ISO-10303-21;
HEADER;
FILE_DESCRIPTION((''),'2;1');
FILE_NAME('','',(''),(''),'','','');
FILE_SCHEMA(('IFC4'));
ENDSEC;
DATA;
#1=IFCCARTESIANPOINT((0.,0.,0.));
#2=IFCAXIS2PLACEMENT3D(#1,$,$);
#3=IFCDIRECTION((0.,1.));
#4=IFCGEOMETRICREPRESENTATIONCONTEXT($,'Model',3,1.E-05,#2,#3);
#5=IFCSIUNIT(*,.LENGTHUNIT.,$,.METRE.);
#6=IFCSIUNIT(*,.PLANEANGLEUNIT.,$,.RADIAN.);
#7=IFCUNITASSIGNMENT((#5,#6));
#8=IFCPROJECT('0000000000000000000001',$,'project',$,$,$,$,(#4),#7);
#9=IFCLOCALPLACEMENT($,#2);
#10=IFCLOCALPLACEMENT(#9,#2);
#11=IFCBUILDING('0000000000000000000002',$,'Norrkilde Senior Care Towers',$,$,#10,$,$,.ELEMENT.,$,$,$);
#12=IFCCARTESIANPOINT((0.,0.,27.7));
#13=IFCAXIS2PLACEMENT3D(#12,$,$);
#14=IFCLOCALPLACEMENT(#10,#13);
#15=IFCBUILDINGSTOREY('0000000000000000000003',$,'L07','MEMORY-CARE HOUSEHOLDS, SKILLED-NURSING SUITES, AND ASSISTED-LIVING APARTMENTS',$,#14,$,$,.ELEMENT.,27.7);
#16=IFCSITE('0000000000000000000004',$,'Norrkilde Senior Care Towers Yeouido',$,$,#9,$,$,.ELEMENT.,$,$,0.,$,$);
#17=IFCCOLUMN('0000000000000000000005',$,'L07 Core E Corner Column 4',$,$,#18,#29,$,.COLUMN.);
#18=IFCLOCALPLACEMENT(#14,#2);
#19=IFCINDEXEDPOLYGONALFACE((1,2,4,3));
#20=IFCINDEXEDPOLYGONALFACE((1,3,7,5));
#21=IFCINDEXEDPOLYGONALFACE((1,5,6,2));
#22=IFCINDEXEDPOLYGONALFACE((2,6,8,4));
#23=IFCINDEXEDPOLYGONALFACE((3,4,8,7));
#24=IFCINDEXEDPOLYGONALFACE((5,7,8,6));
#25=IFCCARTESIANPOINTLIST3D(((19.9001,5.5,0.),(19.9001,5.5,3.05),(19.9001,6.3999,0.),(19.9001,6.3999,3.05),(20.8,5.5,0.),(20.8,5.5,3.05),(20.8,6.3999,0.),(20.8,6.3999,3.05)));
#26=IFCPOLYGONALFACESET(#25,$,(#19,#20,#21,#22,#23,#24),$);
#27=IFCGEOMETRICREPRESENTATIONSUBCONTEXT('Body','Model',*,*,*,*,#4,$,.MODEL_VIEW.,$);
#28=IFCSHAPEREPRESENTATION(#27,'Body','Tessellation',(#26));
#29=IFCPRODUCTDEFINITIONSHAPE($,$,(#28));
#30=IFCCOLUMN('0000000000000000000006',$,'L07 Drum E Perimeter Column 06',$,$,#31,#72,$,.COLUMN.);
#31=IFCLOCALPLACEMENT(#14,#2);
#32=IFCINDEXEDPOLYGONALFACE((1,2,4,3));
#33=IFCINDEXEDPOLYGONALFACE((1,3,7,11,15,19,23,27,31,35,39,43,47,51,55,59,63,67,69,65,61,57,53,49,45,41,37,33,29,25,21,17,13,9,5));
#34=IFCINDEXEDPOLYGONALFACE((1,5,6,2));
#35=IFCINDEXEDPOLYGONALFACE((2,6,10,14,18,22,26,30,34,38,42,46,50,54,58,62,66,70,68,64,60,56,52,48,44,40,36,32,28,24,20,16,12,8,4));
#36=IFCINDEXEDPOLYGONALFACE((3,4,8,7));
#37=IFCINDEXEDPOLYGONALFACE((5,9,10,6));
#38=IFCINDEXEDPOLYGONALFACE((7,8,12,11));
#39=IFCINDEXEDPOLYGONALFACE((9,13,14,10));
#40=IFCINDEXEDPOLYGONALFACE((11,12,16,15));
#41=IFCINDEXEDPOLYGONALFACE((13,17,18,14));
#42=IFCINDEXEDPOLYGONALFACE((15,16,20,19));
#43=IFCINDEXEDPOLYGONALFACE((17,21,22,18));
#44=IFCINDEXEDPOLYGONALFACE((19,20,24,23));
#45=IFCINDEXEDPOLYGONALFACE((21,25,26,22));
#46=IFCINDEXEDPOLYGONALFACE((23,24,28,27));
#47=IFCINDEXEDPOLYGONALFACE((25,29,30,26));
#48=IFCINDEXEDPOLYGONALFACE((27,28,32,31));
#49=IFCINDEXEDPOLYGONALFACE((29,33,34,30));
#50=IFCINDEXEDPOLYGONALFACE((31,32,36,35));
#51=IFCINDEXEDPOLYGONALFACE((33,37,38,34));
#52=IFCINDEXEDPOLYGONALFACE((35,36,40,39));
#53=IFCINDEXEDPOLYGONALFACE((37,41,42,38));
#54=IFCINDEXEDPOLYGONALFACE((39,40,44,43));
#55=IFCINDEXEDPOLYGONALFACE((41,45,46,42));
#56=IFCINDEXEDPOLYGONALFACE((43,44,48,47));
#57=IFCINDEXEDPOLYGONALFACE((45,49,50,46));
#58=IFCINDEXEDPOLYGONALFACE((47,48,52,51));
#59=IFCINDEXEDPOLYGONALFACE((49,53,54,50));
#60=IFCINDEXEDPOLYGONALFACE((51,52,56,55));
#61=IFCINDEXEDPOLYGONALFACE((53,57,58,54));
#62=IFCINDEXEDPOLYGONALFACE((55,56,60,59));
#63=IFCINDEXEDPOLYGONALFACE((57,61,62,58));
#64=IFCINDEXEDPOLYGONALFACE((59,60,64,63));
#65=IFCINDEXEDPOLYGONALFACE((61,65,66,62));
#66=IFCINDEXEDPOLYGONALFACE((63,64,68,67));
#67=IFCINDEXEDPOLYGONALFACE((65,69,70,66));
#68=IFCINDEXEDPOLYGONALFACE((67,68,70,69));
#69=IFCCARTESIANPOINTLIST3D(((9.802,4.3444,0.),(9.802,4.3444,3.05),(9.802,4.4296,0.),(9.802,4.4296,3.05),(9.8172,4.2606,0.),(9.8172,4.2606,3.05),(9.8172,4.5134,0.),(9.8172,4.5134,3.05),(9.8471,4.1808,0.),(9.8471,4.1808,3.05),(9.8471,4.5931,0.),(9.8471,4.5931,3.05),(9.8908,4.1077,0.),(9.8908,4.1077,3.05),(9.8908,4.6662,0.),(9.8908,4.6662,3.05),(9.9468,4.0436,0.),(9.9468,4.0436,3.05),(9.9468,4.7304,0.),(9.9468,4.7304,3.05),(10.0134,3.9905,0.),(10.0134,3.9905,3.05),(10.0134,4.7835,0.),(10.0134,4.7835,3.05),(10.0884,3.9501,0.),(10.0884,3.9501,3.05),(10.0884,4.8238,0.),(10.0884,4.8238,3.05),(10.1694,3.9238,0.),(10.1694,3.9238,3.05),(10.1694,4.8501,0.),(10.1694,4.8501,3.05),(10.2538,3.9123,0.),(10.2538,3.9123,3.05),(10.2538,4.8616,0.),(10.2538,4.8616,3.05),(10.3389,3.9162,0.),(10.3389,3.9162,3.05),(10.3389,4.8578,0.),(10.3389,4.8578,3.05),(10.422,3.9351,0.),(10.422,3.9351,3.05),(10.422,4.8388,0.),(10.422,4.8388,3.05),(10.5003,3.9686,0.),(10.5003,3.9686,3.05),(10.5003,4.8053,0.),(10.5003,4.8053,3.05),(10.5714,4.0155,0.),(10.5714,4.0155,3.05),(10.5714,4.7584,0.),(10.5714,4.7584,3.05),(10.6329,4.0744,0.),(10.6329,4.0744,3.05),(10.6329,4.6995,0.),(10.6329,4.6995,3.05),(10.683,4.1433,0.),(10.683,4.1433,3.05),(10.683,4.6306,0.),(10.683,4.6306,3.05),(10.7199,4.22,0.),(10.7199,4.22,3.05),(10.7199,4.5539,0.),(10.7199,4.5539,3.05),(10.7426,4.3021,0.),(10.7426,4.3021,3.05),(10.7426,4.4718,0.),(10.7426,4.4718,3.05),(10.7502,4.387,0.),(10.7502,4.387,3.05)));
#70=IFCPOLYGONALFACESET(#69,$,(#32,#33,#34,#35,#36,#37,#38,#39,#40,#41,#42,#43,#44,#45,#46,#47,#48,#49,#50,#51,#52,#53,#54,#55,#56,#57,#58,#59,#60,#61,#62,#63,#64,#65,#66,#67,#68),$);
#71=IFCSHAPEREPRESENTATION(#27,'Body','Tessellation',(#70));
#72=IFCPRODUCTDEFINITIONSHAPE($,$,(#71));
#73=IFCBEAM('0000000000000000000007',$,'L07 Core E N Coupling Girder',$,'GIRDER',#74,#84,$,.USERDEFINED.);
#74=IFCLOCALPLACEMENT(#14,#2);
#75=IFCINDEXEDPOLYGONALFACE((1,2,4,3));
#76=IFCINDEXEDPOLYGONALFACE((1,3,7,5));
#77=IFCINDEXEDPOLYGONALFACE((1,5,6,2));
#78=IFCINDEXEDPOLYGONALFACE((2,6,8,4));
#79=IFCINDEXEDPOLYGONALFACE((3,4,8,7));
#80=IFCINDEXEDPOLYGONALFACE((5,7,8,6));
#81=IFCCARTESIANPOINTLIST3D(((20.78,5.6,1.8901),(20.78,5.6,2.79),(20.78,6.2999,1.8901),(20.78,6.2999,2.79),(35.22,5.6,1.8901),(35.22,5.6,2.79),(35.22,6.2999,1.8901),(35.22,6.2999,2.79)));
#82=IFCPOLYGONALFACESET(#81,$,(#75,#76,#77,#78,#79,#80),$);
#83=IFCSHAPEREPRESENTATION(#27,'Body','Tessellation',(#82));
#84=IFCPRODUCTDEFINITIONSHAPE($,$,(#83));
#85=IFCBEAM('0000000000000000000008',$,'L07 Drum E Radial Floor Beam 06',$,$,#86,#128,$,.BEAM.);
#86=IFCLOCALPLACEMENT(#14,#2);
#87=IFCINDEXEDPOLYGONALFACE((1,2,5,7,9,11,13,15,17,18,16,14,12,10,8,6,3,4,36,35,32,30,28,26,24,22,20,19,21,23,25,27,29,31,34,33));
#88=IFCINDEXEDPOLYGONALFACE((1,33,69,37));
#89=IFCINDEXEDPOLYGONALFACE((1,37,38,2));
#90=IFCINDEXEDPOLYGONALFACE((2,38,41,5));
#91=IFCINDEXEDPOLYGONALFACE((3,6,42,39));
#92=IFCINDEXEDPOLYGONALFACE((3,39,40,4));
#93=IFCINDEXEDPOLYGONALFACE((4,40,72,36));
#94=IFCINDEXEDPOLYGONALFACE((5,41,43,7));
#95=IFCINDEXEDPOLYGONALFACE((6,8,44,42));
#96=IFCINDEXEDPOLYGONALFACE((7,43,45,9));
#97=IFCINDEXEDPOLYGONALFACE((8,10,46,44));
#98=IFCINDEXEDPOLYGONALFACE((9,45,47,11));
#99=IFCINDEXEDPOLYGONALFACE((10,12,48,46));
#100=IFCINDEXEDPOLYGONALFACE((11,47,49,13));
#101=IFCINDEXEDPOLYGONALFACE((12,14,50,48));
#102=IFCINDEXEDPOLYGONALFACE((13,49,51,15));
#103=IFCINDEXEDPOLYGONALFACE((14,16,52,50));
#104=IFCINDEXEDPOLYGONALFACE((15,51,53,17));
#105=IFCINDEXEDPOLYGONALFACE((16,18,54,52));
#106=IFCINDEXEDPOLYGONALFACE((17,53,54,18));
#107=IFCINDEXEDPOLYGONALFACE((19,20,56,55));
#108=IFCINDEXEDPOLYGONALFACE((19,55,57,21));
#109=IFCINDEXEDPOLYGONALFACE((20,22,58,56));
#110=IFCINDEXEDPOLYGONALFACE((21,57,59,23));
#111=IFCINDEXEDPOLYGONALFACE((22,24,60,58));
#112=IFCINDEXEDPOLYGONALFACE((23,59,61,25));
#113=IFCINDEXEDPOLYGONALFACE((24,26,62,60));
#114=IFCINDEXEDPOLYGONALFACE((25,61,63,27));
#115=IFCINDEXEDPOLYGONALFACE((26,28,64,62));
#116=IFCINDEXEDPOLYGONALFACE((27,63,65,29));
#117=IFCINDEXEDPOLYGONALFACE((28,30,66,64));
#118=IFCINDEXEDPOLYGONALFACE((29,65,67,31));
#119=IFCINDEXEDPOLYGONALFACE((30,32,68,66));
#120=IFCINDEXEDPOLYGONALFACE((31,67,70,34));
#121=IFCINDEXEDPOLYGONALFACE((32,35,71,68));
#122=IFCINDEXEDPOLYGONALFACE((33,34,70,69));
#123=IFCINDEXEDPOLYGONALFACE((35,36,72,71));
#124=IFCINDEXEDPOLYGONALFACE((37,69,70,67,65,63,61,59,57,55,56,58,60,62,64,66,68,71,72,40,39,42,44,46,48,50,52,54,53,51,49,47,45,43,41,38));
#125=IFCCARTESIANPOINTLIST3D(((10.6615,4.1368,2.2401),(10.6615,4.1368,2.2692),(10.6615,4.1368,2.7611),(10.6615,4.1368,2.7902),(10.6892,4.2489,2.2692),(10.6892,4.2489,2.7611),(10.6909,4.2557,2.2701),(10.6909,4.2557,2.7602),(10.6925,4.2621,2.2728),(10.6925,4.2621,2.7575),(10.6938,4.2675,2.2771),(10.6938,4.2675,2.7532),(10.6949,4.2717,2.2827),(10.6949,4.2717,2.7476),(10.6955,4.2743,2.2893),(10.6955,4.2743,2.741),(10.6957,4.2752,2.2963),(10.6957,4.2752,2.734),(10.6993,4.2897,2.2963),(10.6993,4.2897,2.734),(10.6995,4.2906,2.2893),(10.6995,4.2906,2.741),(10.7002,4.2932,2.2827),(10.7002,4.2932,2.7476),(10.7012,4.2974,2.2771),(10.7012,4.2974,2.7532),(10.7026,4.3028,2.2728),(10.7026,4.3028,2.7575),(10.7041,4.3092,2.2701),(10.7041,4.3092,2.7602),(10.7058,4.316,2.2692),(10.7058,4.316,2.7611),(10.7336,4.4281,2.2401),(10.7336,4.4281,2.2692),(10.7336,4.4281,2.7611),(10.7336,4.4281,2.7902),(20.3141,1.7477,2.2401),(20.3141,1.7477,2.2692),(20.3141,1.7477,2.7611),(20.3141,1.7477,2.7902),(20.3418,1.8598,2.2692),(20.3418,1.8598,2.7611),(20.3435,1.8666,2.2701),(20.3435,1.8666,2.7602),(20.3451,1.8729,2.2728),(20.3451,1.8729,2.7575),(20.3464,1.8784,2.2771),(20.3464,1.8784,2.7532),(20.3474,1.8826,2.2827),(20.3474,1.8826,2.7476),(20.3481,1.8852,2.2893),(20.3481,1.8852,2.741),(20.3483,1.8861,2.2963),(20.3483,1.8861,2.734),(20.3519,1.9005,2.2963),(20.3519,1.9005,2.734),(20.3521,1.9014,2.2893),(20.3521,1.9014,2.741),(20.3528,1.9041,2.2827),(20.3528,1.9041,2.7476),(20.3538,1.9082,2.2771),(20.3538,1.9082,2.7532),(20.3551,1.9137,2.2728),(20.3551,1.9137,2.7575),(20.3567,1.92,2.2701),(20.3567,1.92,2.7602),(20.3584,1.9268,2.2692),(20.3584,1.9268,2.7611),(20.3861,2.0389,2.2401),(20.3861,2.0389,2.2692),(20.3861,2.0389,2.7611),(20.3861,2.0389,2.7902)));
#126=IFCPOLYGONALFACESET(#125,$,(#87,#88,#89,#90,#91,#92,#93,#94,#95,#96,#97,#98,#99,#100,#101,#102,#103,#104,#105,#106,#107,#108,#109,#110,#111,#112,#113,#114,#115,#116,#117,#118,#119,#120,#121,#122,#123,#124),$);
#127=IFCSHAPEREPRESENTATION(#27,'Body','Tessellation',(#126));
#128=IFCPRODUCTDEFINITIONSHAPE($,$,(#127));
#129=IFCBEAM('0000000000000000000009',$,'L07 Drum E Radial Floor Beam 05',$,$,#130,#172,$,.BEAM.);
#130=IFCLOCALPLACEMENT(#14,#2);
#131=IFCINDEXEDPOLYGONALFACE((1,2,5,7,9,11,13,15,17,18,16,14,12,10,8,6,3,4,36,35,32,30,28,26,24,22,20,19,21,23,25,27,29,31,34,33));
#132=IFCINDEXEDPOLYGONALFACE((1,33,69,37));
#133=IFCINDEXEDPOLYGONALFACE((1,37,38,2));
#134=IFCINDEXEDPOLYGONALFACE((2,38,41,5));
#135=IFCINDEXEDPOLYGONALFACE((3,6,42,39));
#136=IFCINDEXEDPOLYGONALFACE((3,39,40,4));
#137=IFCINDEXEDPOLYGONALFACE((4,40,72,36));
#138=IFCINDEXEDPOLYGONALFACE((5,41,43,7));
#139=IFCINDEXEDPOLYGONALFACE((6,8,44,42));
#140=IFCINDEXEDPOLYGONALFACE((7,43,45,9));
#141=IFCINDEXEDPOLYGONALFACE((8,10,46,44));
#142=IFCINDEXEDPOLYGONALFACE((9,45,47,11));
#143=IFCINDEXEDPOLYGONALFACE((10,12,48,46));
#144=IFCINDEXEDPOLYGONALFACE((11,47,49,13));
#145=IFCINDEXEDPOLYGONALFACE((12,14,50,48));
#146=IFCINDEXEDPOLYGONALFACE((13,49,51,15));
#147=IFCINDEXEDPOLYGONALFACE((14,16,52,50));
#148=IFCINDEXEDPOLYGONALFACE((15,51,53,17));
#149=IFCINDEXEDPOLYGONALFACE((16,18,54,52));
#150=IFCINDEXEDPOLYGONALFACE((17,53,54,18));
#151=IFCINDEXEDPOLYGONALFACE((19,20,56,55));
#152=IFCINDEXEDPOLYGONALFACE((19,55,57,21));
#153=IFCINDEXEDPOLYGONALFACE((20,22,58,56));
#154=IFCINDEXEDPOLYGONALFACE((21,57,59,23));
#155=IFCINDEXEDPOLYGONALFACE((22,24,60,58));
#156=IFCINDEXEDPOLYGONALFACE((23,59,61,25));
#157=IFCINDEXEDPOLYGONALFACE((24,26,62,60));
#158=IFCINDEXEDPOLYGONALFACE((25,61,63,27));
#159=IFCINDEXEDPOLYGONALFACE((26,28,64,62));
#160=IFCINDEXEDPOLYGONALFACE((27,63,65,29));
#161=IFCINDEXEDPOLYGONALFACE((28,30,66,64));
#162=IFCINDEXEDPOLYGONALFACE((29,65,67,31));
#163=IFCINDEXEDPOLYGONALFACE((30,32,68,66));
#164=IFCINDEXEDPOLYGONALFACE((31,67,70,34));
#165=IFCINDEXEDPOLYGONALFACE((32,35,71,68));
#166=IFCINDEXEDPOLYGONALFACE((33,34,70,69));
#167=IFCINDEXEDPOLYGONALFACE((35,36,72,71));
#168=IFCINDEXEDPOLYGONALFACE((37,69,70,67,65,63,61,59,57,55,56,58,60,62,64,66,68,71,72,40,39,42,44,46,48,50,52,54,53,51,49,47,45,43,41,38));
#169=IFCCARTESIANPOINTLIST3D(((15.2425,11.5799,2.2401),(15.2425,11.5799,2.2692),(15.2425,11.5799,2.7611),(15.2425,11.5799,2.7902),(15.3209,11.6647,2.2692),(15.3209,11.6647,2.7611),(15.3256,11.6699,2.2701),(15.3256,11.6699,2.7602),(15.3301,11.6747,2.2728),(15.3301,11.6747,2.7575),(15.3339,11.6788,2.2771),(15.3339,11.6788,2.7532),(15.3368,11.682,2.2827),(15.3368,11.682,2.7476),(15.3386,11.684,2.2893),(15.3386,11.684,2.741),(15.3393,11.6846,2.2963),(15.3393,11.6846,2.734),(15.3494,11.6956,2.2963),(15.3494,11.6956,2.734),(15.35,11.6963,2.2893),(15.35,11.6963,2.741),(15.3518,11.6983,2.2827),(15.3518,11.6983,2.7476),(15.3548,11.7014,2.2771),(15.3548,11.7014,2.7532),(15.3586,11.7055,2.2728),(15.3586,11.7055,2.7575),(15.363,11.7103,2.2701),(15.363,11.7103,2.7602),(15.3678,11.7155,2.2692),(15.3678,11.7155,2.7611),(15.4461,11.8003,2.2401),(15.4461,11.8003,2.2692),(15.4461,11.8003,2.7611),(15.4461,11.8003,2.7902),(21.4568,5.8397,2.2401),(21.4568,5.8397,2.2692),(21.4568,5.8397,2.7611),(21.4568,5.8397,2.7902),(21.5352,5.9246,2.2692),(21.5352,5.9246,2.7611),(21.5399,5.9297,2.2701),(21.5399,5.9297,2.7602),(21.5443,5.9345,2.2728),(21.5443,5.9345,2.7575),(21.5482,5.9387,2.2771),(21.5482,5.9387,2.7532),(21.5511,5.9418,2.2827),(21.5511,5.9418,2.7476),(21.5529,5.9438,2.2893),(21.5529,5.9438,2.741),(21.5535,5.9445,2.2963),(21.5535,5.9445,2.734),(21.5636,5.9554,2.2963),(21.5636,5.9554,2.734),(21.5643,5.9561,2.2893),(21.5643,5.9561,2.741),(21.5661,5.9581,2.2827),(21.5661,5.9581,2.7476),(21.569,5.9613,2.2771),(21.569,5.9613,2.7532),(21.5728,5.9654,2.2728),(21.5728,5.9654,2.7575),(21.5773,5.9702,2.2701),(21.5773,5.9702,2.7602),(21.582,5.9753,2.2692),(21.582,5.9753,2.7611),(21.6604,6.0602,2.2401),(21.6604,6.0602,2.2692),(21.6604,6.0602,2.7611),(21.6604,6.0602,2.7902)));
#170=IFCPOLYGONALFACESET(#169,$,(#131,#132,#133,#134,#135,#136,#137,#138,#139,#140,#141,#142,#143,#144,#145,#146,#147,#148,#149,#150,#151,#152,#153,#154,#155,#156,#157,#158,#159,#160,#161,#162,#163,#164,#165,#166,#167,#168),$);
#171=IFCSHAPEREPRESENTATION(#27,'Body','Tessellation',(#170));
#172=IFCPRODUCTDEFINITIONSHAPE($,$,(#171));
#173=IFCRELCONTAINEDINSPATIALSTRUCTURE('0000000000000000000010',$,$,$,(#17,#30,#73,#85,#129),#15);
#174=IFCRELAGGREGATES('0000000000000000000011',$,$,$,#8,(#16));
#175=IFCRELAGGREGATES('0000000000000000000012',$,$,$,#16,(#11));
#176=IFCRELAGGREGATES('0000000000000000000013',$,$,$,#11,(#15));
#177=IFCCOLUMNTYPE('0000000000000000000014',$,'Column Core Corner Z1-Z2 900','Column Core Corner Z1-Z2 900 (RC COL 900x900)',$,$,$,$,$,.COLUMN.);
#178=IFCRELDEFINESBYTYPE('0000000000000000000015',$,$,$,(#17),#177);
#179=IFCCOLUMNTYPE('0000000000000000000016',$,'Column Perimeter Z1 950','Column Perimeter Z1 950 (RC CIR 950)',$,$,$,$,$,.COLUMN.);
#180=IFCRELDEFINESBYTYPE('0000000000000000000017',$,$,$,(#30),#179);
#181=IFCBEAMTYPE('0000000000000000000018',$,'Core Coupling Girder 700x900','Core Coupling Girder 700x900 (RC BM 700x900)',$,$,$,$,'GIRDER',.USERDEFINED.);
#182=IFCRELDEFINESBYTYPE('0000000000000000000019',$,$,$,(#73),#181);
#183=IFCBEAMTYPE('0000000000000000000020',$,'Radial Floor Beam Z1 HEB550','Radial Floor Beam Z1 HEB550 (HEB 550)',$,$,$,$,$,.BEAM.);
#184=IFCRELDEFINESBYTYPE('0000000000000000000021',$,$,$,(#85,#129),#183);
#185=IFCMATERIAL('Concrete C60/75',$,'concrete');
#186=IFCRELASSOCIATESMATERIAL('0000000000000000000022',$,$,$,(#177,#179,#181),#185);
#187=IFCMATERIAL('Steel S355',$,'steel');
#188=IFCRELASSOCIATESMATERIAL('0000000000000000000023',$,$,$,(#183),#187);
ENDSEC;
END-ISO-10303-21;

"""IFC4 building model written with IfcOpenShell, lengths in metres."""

from ifc_helpers import new_model, si_unit, direction, frame, origin, origin_2d, place, context, subcontext, project, spatial, rectangle, circle, i_section, extrude, source, transform, mapped, material, material_profile, profile_set, type_object, type_shapes, element, save


model = new_model("IFC4")

# Units and contexts
model_context = context("Model", 3, precision=1e-05, world=origin(), true_north=direction((0.0, 1.0)))
body_context = subcontext(model_context, "Body", "Model", "MODEL_VIEW")
ifc_project = project(units=[si_unit("LENGTHUNIT", "METRE"), si_unit("PLANEANGLEUNIT", "RADIAN")], contexts=[model_context])

# Site, building, storey
site_placement = place(None, origin())
site = spatial("IfcSite", under=ifc_project, at=site_placement, Name="Norrkilde Senior Care Towers Yeouido", CompositionType="ELEMENT", RefElevation=0.0)
building_placement = place(site_placement, origin())
building = spatial("IfcBuilding", under=site, at=building_placement, Name="Norrkilde Senior Care Towers", CompositionType="ELEMENT")
storey_placement = place(building_placement, frame((0.0, 0.0, 27.7)))
storey = spatial("IfcBuildingStorey", under=building, at=storey_placement, Name="L07", Description="MEMORY-CARE HOUSEHOLDS, SKILLED-NURSING SUITES, AND ASSISTED-LIVING APARTMENTS", CompositionType="ELEMENT", Elevation=27.7)

# Columns
ifc_material_1 = material(Name="Concrete C60/75", Category="concrete")
ifc_material_profile_1 = material_profile(ifc_material_1, rectangle(XDim=0.8999, YDim=0.8999, at=origin_2d()), Name="RC COL 900x900")
ifc_profile_set_1 = profile_set([ifc_material_profile_1], Name="Concrete C60/75")
column_type_1 = type_object("IfcColumnType", Name="Column Core Corner Z1-Z2 900", Description="Column Core Corner Z1-Z2 900 (RC COL 900x900)", PredefinedType="COLUMN", material=ifc_profile_set_1)
shared_shape_1 = source(origin(), body_context, "Body", "SweptSolid", [
    extrude(rectangle(XDim=0.8999, YDim=0.8999, at=origin_2d()), origin(), (0.0, 0.0, 1.0), 3.05),
])
type_shapes(column_type_1, [shared_shape_1])
column_1_placement = place(storey_placement, frame((20.3501, 5.95, 0.0), z_axis=(0.0, 0.0, 1.0), x_axis=(1.0, 0.0, 0.0)))
element("IfcColumn", 1, at=column_1_placement, inside=storey, type_object=column_type_1, Name="L07 Core E Corner Column 4", PredefinedType="COLUMN", context=body_context, shape_type="MappedRepresentation", body=[
    mapped(shared_shape_1, transform((0.0, 0.0, 0.0), x_axis=(1.0, 0.0, 0.0), y_axis=(0.0, 1.0, 0.0), z_axis=(0.0, 0.0, 1.0), scale=1.0)),
])
ifc_material_profile_2 = material_profile(ifc_material_1, circle(Radius=0.4751, at=origin_2d()), Name="RC CIR 950")
ifc_profile_set_2 = profile_set([ifc_material_profile_2], Name="Concrete C60/75")
column_type_2 = type_object("IfcColumnType", Name="Column Perimeter Z1 950", Description="Column Perimeter Z1 950 (RC CIR 950)", PredefinedType="COLUMN", material=ifc_profile_set_2)
shared_shape_2 = source(origin(), body_context, "Body", "SweptSolid", [
    extrude(circle(Radius=0.4751, at=origin_2d()), origin(), (0.0, 0.0, 1.0), 3.05),
])
type_shapes(column_type_2, [shared_shape_2])
column_2_placement = place(storey_placement, frame((10.2751, 4.387, 0.0), z_axis=(0.0, 0.0, 1.0), x_axis=(1.0, 0.0, 0.0)))
element("IfcColumn", 2, at=column_2_placement, inside=storey, type_object=column_type_2, Name="L07 Drum E Perimeter Column 06", PredefinedType="COLUMN", context=body_context, shape_type="MappedRepresentation", body=[
    mapped(shared_shape_2, transform((0.0, 0.0, 0.0), x_axis=(1.0, 0.0, 0.0), y_axis=(0.0, 1.0, 0.0), z_axis=(0.0, 0.0, 1.0), scale=1.0)),
])

# Beams
ifc_material_profile_3 = material_profile(ifc_material_1, rectangle(XDim=0.7, YDim=0.8999, at=origin_2d()), Name="RC BM 700x900")
ifc_profile_set_3 = profile_set([ifc_material_profile_3], Name="Concrete C60/75")
beam_type_1 = type_object("IfcBeamType", Name="Core Coupling Girder 700x900", Description="Core Coupling Girder 700x900 (RC BM 700x900)", ElementType="GIRDER", PredefinedType="USERDEFINED", material=ifc_profile_set_3)
shared_shape_3 = source(origin(), body_context, "Body", "SweptSolid", [
    extrude(rectangle(XDim=0.7, YDim=0.8999, at=origin_2d()), origin(), (0.0, 0.0, 1.0), 14.4399),
])
type_shapes(beam_type_1, [shared_shape_3])
beam_1_placement = place(storey_placement, frame((20.78, 5.95, 2.3401), z_axis=(1.0, 0.0, 0.0), x_axis=(0.0, 1.0, 0.0)))
element("IfcBeam", 3, at=beam_1_placement, inside=storey, type_object=beam_type_1, Name="L07 Core E N Coupling Girder", ObjectType="GIRDER", PredefinedType="USERDEFINED", context=body_context, shape_type="MappedRepresentation", body=[
    mapped(shared_shape_3, transform((0.0, 0.0, 0.0), x_axis=(1.0, 0.0, 0.0), y_axis=(0.0, 1.0, 0.0), z_axis=(0.0, 0.0, 1.0), scale=1.0)),
])
ifc_material_2 = material(Name="Steel S355", Category="steel")
ifc_material_profile_4 = material_profile(ifc_material_2, i_section(OverallWidth=0.3, OverallDepth=0.55, WebThickness=0.0149, FlangeThickness=0.0291, FilletRadius=0.0271, at=origin_2d()), Name="HEB 550")
ifc_profile_set_4 = profile_set([ifc_material_profile_4], Name="Steel S355")
beam_type_2 = type_object("IfcBeamType", Name="Radial Floor Beam Z1 HEB550", Description="Radial Floor Beam Z1 HEB550 (HEB 550)", PredefinedType="BEAM", material=ifc_profile_set_4)
shared_shape_4 = source(origin(), body_context, "Body", "SweptSolid", [
    extrude(i_section(OverallWidth=0.3, OverallDepth=0.55, WebThickness=0.0149, FlangeThickness=0.0291, FilletRadius=0.0271, at=origin_2d()), origin(), (0.0, 0.0, 1.0), 9.9438),
])
beam_2_placement = place(storey_placement, frame((20.3501, 1.8933, 2.5151), z_axis=(-0.970707, 0.240265, 0.0), x_axis=(-0.240265, -0.970707, 0.0)))
element("IfcBeam", 4, at=beam_2_placement, inside=storey, type_object=beam_type_2, Name="L07 Drum E Radial Floor Beam 06", PredefinedType="BEAM", context=body_context, shape_type="MappedRepresentation", body=[
    mapped(shared_shape_4, transform((0.0, 0.0, 0.0), x_axis=(1.0, 0.0, 0.0), y_axis=(0.0, 1.0, 0.0), z_axis=(0.0, 0.0, 1.0), scale=1.0)),
])
shared_shape_5 = source(origin(), body_context, "Body", "SweptSolid", [
    extrude(i_section(OverallWidth=0.3, OverallDepth=0.55, WebThickness=0.0149, FlangeThickness=0.0291, FilletRadius=0.0271, at=origin_2d()), origin(), (0.0, 0.0, 1.0), 8.4597),
])
beam_3_placement = place(storey_placement, frame((21.5586, 5.95, 2.5151), z_axis=(-0.734573, 0.678529, 0.0), x_axis=(-0.678529, -0.734573, 0.0)))
element("IfcBeam", 5, at=beam_3_placement, inside=storey, type_object=beam_type_2, Name="L07 Drum E Radial Floor Beam 05", PredefinedType="BEAM", context=body_context, shape_type="MappedRepresentation", body=[
    mapped(shared_shape_5, transform((0.0, 0.0, 0.0), x_axis=(1.0, 0.0, 0.0), y_axis=(0.0, 1.0, 0.0), z_axis=(0.0, 0.0, 1.0), scale=1.0)),
])

save(model, "model.ifc")
